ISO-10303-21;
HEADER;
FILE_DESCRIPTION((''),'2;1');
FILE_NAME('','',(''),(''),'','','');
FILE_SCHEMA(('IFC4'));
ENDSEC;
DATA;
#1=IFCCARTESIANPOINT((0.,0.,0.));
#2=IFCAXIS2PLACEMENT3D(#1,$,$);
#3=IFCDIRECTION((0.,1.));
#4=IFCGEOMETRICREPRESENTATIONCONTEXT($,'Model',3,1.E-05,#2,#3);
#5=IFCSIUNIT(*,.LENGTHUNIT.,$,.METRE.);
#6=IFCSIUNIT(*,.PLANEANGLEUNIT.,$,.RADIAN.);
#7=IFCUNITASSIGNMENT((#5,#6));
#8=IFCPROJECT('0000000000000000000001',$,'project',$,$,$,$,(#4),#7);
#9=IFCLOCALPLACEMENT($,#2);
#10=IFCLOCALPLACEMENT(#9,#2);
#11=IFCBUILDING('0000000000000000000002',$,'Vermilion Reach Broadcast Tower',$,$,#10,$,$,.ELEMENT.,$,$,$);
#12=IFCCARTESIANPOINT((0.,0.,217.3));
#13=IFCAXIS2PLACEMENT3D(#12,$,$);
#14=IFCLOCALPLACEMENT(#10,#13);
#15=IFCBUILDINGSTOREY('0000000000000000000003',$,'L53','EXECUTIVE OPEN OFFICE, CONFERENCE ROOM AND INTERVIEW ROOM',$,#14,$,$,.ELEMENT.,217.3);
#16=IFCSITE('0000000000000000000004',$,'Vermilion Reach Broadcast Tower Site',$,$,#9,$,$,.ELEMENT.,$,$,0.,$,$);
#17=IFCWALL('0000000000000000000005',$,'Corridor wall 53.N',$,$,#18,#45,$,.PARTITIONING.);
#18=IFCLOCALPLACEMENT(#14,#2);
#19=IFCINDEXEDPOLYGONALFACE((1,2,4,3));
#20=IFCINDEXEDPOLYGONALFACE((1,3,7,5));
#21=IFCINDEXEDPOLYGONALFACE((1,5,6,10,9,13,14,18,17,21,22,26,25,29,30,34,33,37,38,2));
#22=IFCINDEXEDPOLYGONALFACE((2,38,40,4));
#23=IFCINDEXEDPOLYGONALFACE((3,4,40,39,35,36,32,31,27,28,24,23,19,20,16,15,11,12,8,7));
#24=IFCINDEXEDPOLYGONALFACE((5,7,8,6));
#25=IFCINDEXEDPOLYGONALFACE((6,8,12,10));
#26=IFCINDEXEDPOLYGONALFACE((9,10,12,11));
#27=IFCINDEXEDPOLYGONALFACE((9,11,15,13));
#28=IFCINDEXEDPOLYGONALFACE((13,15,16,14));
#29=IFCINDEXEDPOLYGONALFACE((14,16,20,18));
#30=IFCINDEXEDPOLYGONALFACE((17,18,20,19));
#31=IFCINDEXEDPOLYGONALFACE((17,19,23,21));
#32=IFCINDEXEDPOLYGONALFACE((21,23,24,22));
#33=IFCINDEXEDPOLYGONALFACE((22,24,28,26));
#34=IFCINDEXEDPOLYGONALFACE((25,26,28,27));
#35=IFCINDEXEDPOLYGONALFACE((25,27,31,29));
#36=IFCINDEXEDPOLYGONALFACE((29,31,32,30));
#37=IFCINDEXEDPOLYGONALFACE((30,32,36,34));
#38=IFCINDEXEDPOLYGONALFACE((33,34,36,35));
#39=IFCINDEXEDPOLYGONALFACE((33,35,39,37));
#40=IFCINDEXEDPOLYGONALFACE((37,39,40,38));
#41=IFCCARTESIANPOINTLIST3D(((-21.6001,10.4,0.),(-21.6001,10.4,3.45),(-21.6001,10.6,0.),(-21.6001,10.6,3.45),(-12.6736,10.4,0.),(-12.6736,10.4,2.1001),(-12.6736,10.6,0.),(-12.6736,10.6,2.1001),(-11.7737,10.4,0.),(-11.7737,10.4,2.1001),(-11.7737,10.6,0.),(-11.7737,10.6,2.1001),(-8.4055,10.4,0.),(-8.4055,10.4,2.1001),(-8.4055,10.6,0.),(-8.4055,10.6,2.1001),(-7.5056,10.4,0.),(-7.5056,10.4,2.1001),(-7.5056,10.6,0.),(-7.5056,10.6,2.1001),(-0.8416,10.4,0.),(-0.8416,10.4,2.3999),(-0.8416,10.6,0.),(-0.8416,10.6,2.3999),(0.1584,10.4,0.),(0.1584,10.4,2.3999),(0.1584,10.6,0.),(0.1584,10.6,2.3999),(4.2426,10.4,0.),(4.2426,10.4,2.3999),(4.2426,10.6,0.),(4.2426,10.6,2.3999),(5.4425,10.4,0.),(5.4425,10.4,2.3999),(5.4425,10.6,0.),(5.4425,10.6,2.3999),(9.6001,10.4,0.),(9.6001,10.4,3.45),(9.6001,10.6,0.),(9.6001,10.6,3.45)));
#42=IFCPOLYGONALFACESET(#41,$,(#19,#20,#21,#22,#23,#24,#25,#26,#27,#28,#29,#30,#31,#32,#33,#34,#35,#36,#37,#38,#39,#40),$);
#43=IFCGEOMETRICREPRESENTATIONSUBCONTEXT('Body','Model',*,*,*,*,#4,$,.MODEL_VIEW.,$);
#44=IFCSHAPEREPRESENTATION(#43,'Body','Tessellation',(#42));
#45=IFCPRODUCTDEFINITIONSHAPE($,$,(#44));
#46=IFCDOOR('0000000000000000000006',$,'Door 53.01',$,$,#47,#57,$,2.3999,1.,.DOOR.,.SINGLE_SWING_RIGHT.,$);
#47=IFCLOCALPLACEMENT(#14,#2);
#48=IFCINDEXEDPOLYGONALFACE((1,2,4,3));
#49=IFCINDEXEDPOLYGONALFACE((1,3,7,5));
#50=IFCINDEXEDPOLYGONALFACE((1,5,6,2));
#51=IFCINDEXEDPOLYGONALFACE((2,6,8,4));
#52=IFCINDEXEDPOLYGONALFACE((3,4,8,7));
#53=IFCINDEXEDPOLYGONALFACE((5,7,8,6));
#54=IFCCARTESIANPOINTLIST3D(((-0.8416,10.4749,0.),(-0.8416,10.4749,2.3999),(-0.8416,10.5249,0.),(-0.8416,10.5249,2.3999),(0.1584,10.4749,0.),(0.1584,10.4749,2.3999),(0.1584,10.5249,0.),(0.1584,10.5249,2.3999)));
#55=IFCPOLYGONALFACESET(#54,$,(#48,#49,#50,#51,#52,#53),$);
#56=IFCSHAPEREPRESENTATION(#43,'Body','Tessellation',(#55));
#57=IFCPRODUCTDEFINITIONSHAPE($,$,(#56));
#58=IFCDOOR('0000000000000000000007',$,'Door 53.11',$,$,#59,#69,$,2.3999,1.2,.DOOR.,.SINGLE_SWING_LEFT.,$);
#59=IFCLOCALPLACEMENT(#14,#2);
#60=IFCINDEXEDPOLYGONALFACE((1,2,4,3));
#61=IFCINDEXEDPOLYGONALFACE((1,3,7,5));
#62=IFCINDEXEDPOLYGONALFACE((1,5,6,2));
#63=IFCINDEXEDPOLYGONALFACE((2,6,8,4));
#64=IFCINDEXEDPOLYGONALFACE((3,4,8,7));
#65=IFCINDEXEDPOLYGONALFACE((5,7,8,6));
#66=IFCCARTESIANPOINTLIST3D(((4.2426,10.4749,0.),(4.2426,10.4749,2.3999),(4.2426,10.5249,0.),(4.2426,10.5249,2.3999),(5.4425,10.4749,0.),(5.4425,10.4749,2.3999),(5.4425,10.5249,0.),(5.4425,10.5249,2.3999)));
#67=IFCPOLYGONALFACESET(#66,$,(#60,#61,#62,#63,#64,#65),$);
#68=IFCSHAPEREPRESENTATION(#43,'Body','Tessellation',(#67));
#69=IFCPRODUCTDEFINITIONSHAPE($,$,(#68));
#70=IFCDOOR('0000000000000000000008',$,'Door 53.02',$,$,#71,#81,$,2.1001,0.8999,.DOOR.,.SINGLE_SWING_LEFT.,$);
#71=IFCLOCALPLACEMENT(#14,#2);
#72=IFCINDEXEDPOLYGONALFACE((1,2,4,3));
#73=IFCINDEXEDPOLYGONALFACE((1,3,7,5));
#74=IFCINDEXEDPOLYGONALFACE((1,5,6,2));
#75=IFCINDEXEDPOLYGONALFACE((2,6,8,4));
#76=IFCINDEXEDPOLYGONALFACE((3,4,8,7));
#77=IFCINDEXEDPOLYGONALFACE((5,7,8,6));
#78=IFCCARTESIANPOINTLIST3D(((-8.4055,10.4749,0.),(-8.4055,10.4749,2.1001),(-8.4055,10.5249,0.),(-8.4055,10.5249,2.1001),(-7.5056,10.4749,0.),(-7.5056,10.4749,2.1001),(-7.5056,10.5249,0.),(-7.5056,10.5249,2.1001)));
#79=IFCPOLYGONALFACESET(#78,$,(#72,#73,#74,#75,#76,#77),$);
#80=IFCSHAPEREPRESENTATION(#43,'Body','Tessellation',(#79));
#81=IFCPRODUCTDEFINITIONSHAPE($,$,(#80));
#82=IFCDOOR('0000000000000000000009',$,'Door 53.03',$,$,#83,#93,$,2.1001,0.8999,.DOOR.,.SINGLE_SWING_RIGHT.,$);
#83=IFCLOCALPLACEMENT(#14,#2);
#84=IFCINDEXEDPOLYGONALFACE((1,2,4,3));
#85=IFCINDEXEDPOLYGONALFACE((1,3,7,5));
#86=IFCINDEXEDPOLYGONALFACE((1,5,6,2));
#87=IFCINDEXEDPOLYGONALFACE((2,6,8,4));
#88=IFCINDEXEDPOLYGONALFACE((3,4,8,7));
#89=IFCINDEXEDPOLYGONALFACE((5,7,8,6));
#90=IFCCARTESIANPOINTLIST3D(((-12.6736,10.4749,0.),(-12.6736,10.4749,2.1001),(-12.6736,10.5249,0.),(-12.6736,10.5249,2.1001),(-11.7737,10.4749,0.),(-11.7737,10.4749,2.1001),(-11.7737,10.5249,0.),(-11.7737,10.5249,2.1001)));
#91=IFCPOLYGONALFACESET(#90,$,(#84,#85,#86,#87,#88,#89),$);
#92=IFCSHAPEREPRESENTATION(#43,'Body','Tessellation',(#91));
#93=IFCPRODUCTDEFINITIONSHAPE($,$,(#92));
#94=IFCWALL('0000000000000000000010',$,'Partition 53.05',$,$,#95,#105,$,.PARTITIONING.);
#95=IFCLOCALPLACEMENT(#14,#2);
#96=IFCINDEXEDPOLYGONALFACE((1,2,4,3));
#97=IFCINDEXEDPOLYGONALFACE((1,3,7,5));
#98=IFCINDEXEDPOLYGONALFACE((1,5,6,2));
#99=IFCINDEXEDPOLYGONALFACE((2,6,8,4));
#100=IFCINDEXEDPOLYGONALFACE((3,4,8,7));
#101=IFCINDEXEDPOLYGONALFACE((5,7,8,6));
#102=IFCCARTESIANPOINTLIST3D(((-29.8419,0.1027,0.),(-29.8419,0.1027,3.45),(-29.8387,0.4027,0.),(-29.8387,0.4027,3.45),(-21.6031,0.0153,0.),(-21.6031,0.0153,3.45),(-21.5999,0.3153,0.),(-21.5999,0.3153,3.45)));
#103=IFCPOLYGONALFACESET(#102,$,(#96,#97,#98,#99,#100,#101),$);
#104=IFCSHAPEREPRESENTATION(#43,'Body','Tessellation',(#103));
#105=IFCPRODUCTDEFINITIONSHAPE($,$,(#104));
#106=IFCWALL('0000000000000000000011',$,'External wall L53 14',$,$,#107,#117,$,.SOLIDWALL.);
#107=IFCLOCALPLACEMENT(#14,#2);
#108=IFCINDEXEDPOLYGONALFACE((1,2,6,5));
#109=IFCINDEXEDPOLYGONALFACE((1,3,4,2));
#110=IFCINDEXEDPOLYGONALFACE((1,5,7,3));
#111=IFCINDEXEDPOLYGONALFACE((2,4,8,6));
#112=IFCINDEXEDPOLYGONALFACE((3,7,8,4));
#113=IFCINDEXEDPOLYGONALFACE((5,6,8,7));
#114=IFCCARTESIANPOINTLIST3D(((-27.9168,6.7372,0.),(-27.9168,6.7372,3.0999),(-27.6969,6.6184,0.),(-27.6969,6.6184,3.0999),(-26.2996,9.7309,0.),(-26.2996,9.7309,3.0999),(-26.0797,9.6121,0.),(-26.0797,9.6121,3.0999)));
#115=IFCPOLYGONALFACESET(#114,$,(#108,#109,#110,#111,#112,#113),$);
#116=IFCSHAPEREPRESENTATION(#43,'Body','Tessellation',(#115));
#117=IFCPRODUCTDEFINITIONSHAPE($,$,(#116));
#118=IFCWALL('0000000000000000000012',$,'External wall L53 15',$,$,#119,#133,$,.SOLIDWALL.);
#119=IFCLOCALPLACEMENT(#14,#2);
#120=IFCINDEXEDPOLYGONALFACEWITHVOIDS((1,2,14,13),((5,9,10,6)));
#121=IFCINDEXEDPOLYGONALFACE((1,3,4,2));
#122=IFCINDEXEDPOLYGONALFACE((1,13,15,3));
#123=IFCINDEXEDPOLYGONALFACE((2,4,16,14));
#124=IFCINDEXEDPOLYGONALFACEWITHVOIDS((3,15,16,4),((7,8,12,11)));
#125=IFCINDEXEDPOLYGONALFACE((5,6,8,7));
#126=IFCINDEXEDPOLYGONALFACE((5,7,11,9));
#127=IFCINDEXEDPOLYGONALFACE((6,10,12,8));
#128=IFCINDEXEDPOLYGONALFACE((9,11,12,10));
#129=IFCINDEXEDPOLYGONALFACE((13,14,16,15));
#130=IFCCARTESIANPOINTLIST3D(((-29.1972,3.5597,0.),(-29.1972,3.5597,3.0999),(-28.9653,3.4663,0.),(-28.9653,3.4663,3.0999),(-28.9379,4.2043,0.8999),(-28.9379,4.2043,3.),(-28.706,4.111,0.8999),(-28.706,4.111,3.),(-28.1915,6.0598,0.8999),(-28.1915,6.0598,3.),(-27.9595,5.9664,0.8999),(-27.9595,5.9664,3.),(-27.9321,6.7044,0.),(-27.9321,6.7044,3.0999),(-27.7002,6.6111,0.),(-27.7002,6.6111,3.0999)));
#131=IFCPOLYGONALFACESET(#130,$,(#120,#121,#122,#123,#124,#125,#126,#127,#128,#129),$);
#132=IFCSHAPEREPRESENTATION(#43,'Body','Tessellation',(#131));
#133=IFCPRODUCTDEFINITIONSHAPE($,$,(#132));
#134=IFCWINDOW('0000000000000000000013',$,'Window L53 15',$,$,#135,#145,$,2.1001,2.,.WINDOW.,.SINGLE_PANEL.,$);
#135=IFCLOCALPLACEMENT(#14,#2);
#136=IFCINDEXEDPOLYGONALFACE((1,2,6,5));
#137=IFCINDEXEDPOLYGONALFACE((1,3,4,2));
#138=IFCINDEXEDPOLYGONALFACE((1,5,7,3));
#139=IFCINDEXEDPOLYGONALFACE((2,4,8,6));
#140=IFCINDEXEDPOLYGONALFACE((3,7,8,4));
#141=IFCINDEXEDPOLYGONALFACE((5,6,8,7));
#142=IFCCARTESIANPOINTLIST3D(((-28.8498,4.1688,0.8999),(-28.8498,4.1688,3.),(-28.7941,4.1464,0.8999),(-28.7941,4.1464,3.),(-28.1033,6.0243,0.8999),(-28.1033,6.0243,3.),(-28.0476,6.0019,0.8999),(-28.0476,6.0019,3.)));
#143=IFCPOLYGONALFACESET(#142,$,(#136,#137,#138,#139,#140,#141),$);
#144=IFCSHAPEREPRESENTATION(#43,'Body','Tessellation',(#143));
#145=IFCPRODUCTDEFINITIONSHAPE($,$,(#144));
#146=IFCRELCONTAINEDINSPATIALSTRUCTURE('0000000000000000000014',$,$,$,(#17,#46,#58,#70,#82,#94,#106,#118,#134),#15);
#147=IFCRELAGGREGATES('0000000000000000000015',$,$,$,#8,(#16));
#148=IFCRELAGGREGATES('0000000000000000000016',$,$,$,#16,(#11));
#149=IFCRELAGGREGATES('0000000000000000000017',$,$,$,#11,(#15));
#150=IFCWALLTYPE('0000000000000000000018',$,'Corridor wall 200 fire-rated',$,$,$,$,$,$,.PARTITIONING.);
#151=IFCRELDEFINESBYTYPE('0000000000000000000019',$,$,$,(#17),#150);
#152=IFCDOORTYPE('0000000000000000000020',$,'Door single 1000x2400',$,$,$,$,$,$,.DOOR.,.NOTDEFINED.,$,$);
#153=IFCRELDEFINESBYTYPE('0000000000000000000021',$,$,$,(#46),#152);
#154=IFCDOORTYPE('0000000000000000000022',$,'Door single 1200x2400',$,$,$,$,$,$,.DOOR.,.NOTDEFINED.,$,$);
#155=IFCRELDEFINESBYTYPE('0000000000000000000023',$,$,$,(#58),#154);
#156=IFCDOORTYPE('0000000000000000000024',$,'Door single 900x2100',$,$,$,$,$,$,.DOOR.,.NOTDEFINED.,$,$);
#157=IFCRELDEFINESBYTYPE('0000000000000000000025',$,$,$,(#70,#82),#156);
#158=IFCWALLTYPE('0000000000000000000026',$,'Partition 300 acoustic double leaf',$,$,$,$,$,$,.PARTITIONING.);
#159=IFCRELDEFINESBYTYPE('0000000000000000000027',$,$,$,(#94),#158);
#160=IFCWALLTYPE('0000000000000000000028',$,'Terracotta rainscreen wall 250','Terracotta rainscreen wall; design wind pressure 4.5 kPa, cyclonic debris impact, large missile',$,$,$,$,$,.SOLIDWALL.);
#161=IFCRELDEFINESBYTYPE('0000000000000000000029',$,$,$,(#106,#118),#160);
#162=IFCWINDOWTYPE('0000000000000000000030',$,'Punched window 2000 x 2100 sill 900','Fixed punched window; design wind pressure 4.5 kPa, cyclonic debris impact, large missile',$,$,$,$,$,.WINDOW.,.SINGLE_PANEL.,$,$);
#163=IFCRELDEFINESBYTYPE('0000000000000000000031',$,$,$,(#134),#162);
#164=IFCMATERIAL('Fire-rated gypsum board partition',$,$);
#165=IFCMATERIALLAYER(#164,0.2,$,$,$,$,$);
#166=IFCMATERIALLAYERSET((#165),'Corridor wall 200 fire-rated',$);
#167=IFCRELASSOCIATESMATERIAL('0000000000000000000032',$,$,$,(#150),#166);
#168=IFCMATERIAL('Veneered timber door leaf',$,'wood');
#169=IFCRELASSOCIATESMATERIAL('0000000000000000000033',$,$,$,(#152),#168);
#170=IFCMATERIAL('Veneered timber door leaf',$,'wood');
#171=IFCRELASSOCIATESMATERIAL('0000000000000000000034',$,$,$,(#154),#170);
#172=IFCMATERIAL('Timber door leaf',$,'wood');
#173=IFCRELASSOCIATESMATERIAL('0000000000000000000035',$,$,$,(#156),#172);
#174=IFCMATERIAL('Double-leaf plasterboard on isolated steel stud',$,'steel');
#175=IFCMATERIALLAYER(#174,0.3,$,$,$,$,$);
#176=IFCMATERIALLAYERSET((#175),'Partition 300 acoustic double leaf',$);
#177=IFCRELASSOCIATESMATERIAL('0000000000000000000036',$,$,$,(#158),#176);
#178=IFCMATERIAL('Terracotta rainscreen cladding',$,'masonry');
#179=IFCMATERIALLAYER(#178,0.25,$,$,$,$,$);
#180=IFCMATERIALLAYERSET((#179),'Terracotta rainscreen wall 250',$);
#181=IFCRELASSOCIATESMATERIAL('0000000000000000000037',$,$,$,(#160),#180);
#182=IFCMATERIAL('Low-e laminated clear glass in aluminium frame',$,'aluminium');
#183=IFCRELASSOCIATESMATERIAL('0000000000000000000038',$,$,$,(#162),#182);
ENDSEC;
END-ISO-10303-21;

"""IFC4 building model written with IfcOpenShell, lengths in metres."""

from ifc_helpers import new_model, si_unit, direction, frame, frame_2d, origin, place, context, subcontext, project, spatial, rectangle, extrude, material, layer, layer_set, type_object, element, fill, save


model = new_model("IFC4")

# Units and contexts
model_context = context("Model", 3, precision=1e-05, world=origin(), true_north=direction((0.0, 1.0)))
body_context = subcontext(model_context, "Body", "Model", "MODEL_VIEW")
ifc_project = project(units=[si_unit("LENGTHUNIT", "METRE"), si_unit("PLANEANGLEUNIT", "RADIAN")], contexts=[model_context])

# Site, building, storey
site_placement = place(None, origin())
site = spatial("IfcSite", under=ifc_project, at=site_placement, Name="Vermilion Reach Broadcast Tower Site", CompositionType="ELEMENT", RefElevation=0.0)
building_placement = place(site_placement, origin())
building = spatial("IfcBuilding", under=site, at=building_placement, Name="Vermilion Reach Broadcast Tower", CompositionType="ELEMENT")
storey_placement = place(building_placement, frame((0.0, 0.0, 217.3)))
storey = spatial("IfcBuildingStorey", under=building, at=storey_placement, Name="L53", Description="EXECUTIVE OPEN OFFICE, CONFERENCE ROOM AND INTERVIEW ROOM", CompositionType="ELEMENT", Elevation=217.3)

# Wall, openings, doors
ifc_material_1 = material(Name="Fire-rated gypsum board partition")
ifc_layer_1 = layer(ifc_material_1, 0.2)
ifc_layer_set_1 = layer_set([ifc_layer_1], Name="Corridor wall 200 fire-rated")
wall_type_1 = type_object("IfcWallType", Name="Corridor wall 200 fire-rated", PredefinedType="PARTITIONING", material=ifc_layer_set_1)
wall_1_placement = place(storey_placement, frame((-21.6001, 10.5, 0.0), z_axis=(0.0, 0.0, 1.0), x_axis=(1.0, 0.0, 0.0)))
wall_1 = element("IfcWall", 1, at=wall_1_placement, inside=storey, type_object=wall_type_1, Name="Corridor wall 53.N", PredefinedType="PARTITIONING", context=body_context, shape_type="SweptSolid", body=[
    extrude(rectangle(XDim=31.2002, YDim=0.2, at=frame_2d((15.6001, 0.0))), origin(), (0.0, 0.0, 1.0), 3.45),
])
opening_1_placement = place(wall_1_placement, frame((20.7585, 0.0, 0.0)))
opening_1 = element("IfcOpeningElement", 2, at=opening_1_placement, cuts=wall_1, PredefinedType="OPENING", context=body_context, shape_type="SweptSolid", body=[
    extrude(rectangle(XDim=1.0, YDim=2.3999, at=frame_2d((0.5, 1.2))), frame((0.0, 0.1099, 0.0), z_axis=(0.0, -1.0, 0.0), x_axis=(1.0, 0.0, 0.0)), (0.0, 0.0, 1.0), 0.22),
])
opening_2_placement = place(wall_1_placement, frame((13.1946, 0.0, 0.0)))
opening_2 = element("IfcOpeningElement", 3, at=opening_2_placement, cuts=wall_1, PredefinedType="OPENING", context=body_context, shape_type="SweptSolid", body=[
    extrude(rectangle(XDim=0.8999, YDim=2.1001, at=frame_2d((0.45, 1.05))), frame((0.0, 0.1099, 0.0), z_axis=(0.0, -1.0, 0.0), x_axis=(1.0, 0.0, 0.0)), (0.0, 0.0, 1.0), 0.22),
])
opening_3_placement = place(wall_1_placement, frame((8.9265, 0.0, 0.0)))
opening_3 = element("IfcOpeningElement", 4, at=opening_3_placement, cuts=wall_1, PredefinedType="OPENING", context=body_context, shape_type="SweptSolid", body=[
    extrude(rectangle(XDim=0.8999, YDim=2.1001, at=frame_2d((0.45, 1.05))), frame((0.0, 0.1099, 0.0), z_axis=(0.0, -1.0, 0.0), x_axis=(1.0, 0.0, 0.0)), (0.0, 0.0, 1.0), 0.22),
])
opening_4_placement = place(wall_1_placement, frame((25.8425, 0.0, 0.0)))
opening_4 = element("IfcOpeningElement", 5, at=opening_4_placement, cuts=wall_1, PredefinedType="OPENING", context=body_context, shape_type="SweptSolid", body=[
    extrude(rectangle(XDim=1.2, YDim=2.3999, at=frame_2d((0.6001, 1.2))), frame((0.0, 0.1099, 0.0), z_axis=(0.0, -1.0, 0.0), x_axis=(1.0, 0.0, 0.0)), (0.0, 0.0, 1.0), 0.22),
])
ifc_material_2 = material(Name="Veneered timber door leaf", Category="wood")
door_type_1 = type_object("IfcDoorType", Name="Door single 1000x2400", OperationType="NOTDEFINED", PredefinedType="DOOR", material=ifc_material_2)
door_1_placement = place(opening_1_placement, origin())
door_1 = element("IfcDoor", 6, at=door_1_placement, inside=storey, type_object=door_type_1, Name="Door 53.01", OperationType="SINGLE_SWING_RIGHT", OverallHeight=2.3999, OverallWidth=1.0, PredefinedType="DOOR", context=body_context, shape_type="SweptSolid", body=[
    extrude(rectangle(XDim=1.0, YDim=2.3999, at=frame_2d((0.5, 1.2))), frame((0.0, 0.0249, 0.0), z_axis=(0.0, -1.0, 0.0), x_axis=(1.0, 0.0, 0.0)), (0.0, 0.0, 1.0), 0.05),
])
fill(opening_1, door_1)
ifc_material_3 = material(Name="Veneered timber door leaf", Category="wood")
door_type_2 = type_object("IfcDoorType", Name="Door single 1200x2400", OperationType="NOTDEFINED", PredefinedType="DOOR", material=ifc_material_3)
door_2_placement = place(opening_4_placement, origin())
door_2 = element("IfcDoor", 7, at=door_2_placement, inside=storey, type_object=door_type_2, Name="Door 53.11", OperationType="SINGLE_SWING_LEFT", OverallHeight=2.3999, OverallWidth=1.2, PredefinedType="DOOR", context=body_context, shape_type="SweptSolid", body=[
    extrude(rectangle(XDim=1.2, YDim=2.3999, at=frame_2d((0.6001, 1.2))), frame((0.0, 0.0249, 0.0), z_axis=(0.0, -1.0, 0.0), x_axis=(1.0, 0.0, 0.0)), (0.0, 0.0, 1.0), 0.05),
])
fill(opening_4, door_2)
ifc_material_4 = material(Name="Timber door leaf", Category="wood")
door_type_3 = type_object("IfcDoorType", Name="Door single 900x2100", OperationType="NOTDEFINED", PredefinedType="DOOR", material=ifc_material_4)
door_3_placement = place(opening_2_placement, origin())
door_3 = element("IfcDoor", 8, at=door_3_placement, inside=storey, type_object=door_type_3, Name="Door 53.02", OperationType="SINGLE_SWING_LEFT", OverallHeight=2.1001, OverallWidth=0.8999, PredefinedType="DOOR", context=body_context, shape_type="SweptSolid", body=[
    extrude(rectangle(XDim=0.8999, YDim=2.1001, at=frame_2d((0.45, 1.05))), frame((0.0, 0.0249, 0.0), z_axis=(0.0, -1.0, 0.0), x_axis=(1.0, 0.0, 0.0)), (0.0, 0.0, 1.0), 0.05),
])
fill(opening_2, door_3)
door_4_placement = place(opening_3_placement, origin())
door_4 = element("IfcDoor", 9, at=door_4_placement, inside=storey, type_object=door_type_3, Name="Door 53.03", OperationType="SINGLE_SWING_RIGHT", OverallHeight=2.1001, OverallWidth=0.8999, PredefinedType="DOOR", context=body_context, shape_type="SweptSolid", body=[
    extrude(rectangle(XDim=0.8999, YDim=2.1001, at=frame_2d((0.45, 1.05))), frame((0.0, 0.0249, 0.0), z_axis=(0.0, -1.0, 0.0), x_axis=(1.0, 0.0, 0.0)), (0.0, 0.0, 1.0), 0.05),
])
fill(opening_3, door_4)

# Walls
ifc_material_5 = material(Name="Double-leaf plasterboard on isolated steel stud", Category="steel")
ifc_layer_2 = layer(ifc_material_5, 0.3)
ifc_layer_set_2 = layer_set([ifc_layer_2], Name="Partition 300 acoustic double leaf")
wall_type_2 = type_object("IfcWallType", Name="Partition 300 acoustic double leaf", PredefinedType="PARTITIONING", material=ifc_layer_set_2)
wall_2_placement = place(storey_placement, frame((-29.8403, 0.2527, 0.0), z_axis=(0.0, 0.0, 1.0), x_axis=(0.999944, -0.010608, 0.0)))
element("IfcWall", 10, at=wall_2_placement, inside=storey, type_object=wall_type_2, Name="Partition 53.05", PredefinedType="PARTITIONING", context=body_context, shape_type="SweptSolid", body=[
    extrude(rectangle(XDim=8.2393, YDim=0.3, at=frame_2d((4.1196, 0.0))), origin(), (0.0, 0.0, 1.0), 3.45),
])
ifc_material_6 = material(Name="Terracotta rainscreen cladding", Category="masonry")
ifc_layer_3 = layer(ifc_material_6, 0.25)
ifc_layer_set_3 = layer_set([ifc_layer_3], Name="Terracotta rainscreen wall 250")
wall_type_3 = type_object("IfcWallType", Name="Terracotta rainscreen wall 250", Description="Terracotta rainscreen wall; design wind pressure 4.5 kPa, cyclonic debris impact, large missile", PredefinedType="SOLIDWALL", material=ifc_layer_set_3)
wall_3_placement = place(storey_placement, frame((-26.1897, 9.6714, 0.0), z_axis=(0.0, 0.0, 1.0), x_axis=(-0.475289, -0.87983, 0.0)))
element("IfcWall", 11, at=wall_3_placement, inside=storey, type_object=wall_type_3, Name="External wall L53 14", PredefinedType="SOLIDWALL", context=body_context, shape_type="SweptSolid", body=[
    extrude(rectangle(XDim=3.4026, YDim=0.25, at=frame_2d((1.7012, 0.0))), origin(), (0.0, 0.0, 1.0), 3.0999),
])

# Wall, opening, window
wall_4_placement = place(storey_placement, frame((-27.8162, 6.6577, 0.0), z_axis=(0.0, 0.0, 1.0), x_axis=(-0.373228, -0.92774, 0.0)))
wall_4 = element("IfcWall", 12, at=wall_4_placement, inside=storey, type_object=wall_type_3, Name="External wall L53 15", PredefinedType="SOLIDWALL", context=body_context, shape_type="SweptSolid", body=[
    extrude(rectangle(XDim=3.3896, YDim=0.25, at=frame_2d((1.6948, 0.0))), origin(), (0.0, 0.0, 1.0), 3.0999),
])
opening_5_placement = place(wall_4_placement, frame((0.6948, 0.0, 0.8999)))
opening_5 = element("IfcOpeningElement", 13, at=opening_5_placement, cuts=wall_4, PredefinedType="OPENING", context=body_context, shape_type="SweptSolid", body=[
    extrude(rectangle(XDim=2.0, YDim=2.1001, at=frame_2d((1.0, 1.05))), frame((0.0, 0.135, 0.0), z_axis=(0.0, -1.0, 0.0), x_axis=(1.0, 0.0, 0.0)), (0.0, 0.0, 1.0), 0.27),
])
ifc_material_7 = material(Name="Low-e laminated clear glass in aluminium frame", Category="aluminium")
window_type = type_object("IfcWindowType", Name="Punched window 2000 x 2100 sill 900", Description="Fixed punched window; design wind pressure 4.5 kPa, cyclonic debris impact, large missile", PartitioningType="SINGLE_PANEL", PredefinedType="WINDOW", material=ifc_material_7)
window_1_placement = place(opening_5_placement, origin())
window_1 = element("IfcWindow", 14, at=window_1_placement, inside=storey, type_object=window_type, Name="Window L53 15", OverallHeight=2.1001, OverallWidth=2.0, PartitioningType="SINGLE_PANEL", PredefinedType="WINDOW", context=body_context, shape_type="SweptSolid", body=[
    extrude(rectangle(XDim=2.0, YDim=2.1001, at=frame_2d((1.0, 1.05))), frame((0.0, 0.03, 0.0), z_axis=(0.0, -1.0, 0.0), x_axis=(1.0, 0.0, 0.0)), (0.0, 0.0, 1.0), 0.0601),
])
fill(opening_5, window_1)

save(model, "model.ifc")
